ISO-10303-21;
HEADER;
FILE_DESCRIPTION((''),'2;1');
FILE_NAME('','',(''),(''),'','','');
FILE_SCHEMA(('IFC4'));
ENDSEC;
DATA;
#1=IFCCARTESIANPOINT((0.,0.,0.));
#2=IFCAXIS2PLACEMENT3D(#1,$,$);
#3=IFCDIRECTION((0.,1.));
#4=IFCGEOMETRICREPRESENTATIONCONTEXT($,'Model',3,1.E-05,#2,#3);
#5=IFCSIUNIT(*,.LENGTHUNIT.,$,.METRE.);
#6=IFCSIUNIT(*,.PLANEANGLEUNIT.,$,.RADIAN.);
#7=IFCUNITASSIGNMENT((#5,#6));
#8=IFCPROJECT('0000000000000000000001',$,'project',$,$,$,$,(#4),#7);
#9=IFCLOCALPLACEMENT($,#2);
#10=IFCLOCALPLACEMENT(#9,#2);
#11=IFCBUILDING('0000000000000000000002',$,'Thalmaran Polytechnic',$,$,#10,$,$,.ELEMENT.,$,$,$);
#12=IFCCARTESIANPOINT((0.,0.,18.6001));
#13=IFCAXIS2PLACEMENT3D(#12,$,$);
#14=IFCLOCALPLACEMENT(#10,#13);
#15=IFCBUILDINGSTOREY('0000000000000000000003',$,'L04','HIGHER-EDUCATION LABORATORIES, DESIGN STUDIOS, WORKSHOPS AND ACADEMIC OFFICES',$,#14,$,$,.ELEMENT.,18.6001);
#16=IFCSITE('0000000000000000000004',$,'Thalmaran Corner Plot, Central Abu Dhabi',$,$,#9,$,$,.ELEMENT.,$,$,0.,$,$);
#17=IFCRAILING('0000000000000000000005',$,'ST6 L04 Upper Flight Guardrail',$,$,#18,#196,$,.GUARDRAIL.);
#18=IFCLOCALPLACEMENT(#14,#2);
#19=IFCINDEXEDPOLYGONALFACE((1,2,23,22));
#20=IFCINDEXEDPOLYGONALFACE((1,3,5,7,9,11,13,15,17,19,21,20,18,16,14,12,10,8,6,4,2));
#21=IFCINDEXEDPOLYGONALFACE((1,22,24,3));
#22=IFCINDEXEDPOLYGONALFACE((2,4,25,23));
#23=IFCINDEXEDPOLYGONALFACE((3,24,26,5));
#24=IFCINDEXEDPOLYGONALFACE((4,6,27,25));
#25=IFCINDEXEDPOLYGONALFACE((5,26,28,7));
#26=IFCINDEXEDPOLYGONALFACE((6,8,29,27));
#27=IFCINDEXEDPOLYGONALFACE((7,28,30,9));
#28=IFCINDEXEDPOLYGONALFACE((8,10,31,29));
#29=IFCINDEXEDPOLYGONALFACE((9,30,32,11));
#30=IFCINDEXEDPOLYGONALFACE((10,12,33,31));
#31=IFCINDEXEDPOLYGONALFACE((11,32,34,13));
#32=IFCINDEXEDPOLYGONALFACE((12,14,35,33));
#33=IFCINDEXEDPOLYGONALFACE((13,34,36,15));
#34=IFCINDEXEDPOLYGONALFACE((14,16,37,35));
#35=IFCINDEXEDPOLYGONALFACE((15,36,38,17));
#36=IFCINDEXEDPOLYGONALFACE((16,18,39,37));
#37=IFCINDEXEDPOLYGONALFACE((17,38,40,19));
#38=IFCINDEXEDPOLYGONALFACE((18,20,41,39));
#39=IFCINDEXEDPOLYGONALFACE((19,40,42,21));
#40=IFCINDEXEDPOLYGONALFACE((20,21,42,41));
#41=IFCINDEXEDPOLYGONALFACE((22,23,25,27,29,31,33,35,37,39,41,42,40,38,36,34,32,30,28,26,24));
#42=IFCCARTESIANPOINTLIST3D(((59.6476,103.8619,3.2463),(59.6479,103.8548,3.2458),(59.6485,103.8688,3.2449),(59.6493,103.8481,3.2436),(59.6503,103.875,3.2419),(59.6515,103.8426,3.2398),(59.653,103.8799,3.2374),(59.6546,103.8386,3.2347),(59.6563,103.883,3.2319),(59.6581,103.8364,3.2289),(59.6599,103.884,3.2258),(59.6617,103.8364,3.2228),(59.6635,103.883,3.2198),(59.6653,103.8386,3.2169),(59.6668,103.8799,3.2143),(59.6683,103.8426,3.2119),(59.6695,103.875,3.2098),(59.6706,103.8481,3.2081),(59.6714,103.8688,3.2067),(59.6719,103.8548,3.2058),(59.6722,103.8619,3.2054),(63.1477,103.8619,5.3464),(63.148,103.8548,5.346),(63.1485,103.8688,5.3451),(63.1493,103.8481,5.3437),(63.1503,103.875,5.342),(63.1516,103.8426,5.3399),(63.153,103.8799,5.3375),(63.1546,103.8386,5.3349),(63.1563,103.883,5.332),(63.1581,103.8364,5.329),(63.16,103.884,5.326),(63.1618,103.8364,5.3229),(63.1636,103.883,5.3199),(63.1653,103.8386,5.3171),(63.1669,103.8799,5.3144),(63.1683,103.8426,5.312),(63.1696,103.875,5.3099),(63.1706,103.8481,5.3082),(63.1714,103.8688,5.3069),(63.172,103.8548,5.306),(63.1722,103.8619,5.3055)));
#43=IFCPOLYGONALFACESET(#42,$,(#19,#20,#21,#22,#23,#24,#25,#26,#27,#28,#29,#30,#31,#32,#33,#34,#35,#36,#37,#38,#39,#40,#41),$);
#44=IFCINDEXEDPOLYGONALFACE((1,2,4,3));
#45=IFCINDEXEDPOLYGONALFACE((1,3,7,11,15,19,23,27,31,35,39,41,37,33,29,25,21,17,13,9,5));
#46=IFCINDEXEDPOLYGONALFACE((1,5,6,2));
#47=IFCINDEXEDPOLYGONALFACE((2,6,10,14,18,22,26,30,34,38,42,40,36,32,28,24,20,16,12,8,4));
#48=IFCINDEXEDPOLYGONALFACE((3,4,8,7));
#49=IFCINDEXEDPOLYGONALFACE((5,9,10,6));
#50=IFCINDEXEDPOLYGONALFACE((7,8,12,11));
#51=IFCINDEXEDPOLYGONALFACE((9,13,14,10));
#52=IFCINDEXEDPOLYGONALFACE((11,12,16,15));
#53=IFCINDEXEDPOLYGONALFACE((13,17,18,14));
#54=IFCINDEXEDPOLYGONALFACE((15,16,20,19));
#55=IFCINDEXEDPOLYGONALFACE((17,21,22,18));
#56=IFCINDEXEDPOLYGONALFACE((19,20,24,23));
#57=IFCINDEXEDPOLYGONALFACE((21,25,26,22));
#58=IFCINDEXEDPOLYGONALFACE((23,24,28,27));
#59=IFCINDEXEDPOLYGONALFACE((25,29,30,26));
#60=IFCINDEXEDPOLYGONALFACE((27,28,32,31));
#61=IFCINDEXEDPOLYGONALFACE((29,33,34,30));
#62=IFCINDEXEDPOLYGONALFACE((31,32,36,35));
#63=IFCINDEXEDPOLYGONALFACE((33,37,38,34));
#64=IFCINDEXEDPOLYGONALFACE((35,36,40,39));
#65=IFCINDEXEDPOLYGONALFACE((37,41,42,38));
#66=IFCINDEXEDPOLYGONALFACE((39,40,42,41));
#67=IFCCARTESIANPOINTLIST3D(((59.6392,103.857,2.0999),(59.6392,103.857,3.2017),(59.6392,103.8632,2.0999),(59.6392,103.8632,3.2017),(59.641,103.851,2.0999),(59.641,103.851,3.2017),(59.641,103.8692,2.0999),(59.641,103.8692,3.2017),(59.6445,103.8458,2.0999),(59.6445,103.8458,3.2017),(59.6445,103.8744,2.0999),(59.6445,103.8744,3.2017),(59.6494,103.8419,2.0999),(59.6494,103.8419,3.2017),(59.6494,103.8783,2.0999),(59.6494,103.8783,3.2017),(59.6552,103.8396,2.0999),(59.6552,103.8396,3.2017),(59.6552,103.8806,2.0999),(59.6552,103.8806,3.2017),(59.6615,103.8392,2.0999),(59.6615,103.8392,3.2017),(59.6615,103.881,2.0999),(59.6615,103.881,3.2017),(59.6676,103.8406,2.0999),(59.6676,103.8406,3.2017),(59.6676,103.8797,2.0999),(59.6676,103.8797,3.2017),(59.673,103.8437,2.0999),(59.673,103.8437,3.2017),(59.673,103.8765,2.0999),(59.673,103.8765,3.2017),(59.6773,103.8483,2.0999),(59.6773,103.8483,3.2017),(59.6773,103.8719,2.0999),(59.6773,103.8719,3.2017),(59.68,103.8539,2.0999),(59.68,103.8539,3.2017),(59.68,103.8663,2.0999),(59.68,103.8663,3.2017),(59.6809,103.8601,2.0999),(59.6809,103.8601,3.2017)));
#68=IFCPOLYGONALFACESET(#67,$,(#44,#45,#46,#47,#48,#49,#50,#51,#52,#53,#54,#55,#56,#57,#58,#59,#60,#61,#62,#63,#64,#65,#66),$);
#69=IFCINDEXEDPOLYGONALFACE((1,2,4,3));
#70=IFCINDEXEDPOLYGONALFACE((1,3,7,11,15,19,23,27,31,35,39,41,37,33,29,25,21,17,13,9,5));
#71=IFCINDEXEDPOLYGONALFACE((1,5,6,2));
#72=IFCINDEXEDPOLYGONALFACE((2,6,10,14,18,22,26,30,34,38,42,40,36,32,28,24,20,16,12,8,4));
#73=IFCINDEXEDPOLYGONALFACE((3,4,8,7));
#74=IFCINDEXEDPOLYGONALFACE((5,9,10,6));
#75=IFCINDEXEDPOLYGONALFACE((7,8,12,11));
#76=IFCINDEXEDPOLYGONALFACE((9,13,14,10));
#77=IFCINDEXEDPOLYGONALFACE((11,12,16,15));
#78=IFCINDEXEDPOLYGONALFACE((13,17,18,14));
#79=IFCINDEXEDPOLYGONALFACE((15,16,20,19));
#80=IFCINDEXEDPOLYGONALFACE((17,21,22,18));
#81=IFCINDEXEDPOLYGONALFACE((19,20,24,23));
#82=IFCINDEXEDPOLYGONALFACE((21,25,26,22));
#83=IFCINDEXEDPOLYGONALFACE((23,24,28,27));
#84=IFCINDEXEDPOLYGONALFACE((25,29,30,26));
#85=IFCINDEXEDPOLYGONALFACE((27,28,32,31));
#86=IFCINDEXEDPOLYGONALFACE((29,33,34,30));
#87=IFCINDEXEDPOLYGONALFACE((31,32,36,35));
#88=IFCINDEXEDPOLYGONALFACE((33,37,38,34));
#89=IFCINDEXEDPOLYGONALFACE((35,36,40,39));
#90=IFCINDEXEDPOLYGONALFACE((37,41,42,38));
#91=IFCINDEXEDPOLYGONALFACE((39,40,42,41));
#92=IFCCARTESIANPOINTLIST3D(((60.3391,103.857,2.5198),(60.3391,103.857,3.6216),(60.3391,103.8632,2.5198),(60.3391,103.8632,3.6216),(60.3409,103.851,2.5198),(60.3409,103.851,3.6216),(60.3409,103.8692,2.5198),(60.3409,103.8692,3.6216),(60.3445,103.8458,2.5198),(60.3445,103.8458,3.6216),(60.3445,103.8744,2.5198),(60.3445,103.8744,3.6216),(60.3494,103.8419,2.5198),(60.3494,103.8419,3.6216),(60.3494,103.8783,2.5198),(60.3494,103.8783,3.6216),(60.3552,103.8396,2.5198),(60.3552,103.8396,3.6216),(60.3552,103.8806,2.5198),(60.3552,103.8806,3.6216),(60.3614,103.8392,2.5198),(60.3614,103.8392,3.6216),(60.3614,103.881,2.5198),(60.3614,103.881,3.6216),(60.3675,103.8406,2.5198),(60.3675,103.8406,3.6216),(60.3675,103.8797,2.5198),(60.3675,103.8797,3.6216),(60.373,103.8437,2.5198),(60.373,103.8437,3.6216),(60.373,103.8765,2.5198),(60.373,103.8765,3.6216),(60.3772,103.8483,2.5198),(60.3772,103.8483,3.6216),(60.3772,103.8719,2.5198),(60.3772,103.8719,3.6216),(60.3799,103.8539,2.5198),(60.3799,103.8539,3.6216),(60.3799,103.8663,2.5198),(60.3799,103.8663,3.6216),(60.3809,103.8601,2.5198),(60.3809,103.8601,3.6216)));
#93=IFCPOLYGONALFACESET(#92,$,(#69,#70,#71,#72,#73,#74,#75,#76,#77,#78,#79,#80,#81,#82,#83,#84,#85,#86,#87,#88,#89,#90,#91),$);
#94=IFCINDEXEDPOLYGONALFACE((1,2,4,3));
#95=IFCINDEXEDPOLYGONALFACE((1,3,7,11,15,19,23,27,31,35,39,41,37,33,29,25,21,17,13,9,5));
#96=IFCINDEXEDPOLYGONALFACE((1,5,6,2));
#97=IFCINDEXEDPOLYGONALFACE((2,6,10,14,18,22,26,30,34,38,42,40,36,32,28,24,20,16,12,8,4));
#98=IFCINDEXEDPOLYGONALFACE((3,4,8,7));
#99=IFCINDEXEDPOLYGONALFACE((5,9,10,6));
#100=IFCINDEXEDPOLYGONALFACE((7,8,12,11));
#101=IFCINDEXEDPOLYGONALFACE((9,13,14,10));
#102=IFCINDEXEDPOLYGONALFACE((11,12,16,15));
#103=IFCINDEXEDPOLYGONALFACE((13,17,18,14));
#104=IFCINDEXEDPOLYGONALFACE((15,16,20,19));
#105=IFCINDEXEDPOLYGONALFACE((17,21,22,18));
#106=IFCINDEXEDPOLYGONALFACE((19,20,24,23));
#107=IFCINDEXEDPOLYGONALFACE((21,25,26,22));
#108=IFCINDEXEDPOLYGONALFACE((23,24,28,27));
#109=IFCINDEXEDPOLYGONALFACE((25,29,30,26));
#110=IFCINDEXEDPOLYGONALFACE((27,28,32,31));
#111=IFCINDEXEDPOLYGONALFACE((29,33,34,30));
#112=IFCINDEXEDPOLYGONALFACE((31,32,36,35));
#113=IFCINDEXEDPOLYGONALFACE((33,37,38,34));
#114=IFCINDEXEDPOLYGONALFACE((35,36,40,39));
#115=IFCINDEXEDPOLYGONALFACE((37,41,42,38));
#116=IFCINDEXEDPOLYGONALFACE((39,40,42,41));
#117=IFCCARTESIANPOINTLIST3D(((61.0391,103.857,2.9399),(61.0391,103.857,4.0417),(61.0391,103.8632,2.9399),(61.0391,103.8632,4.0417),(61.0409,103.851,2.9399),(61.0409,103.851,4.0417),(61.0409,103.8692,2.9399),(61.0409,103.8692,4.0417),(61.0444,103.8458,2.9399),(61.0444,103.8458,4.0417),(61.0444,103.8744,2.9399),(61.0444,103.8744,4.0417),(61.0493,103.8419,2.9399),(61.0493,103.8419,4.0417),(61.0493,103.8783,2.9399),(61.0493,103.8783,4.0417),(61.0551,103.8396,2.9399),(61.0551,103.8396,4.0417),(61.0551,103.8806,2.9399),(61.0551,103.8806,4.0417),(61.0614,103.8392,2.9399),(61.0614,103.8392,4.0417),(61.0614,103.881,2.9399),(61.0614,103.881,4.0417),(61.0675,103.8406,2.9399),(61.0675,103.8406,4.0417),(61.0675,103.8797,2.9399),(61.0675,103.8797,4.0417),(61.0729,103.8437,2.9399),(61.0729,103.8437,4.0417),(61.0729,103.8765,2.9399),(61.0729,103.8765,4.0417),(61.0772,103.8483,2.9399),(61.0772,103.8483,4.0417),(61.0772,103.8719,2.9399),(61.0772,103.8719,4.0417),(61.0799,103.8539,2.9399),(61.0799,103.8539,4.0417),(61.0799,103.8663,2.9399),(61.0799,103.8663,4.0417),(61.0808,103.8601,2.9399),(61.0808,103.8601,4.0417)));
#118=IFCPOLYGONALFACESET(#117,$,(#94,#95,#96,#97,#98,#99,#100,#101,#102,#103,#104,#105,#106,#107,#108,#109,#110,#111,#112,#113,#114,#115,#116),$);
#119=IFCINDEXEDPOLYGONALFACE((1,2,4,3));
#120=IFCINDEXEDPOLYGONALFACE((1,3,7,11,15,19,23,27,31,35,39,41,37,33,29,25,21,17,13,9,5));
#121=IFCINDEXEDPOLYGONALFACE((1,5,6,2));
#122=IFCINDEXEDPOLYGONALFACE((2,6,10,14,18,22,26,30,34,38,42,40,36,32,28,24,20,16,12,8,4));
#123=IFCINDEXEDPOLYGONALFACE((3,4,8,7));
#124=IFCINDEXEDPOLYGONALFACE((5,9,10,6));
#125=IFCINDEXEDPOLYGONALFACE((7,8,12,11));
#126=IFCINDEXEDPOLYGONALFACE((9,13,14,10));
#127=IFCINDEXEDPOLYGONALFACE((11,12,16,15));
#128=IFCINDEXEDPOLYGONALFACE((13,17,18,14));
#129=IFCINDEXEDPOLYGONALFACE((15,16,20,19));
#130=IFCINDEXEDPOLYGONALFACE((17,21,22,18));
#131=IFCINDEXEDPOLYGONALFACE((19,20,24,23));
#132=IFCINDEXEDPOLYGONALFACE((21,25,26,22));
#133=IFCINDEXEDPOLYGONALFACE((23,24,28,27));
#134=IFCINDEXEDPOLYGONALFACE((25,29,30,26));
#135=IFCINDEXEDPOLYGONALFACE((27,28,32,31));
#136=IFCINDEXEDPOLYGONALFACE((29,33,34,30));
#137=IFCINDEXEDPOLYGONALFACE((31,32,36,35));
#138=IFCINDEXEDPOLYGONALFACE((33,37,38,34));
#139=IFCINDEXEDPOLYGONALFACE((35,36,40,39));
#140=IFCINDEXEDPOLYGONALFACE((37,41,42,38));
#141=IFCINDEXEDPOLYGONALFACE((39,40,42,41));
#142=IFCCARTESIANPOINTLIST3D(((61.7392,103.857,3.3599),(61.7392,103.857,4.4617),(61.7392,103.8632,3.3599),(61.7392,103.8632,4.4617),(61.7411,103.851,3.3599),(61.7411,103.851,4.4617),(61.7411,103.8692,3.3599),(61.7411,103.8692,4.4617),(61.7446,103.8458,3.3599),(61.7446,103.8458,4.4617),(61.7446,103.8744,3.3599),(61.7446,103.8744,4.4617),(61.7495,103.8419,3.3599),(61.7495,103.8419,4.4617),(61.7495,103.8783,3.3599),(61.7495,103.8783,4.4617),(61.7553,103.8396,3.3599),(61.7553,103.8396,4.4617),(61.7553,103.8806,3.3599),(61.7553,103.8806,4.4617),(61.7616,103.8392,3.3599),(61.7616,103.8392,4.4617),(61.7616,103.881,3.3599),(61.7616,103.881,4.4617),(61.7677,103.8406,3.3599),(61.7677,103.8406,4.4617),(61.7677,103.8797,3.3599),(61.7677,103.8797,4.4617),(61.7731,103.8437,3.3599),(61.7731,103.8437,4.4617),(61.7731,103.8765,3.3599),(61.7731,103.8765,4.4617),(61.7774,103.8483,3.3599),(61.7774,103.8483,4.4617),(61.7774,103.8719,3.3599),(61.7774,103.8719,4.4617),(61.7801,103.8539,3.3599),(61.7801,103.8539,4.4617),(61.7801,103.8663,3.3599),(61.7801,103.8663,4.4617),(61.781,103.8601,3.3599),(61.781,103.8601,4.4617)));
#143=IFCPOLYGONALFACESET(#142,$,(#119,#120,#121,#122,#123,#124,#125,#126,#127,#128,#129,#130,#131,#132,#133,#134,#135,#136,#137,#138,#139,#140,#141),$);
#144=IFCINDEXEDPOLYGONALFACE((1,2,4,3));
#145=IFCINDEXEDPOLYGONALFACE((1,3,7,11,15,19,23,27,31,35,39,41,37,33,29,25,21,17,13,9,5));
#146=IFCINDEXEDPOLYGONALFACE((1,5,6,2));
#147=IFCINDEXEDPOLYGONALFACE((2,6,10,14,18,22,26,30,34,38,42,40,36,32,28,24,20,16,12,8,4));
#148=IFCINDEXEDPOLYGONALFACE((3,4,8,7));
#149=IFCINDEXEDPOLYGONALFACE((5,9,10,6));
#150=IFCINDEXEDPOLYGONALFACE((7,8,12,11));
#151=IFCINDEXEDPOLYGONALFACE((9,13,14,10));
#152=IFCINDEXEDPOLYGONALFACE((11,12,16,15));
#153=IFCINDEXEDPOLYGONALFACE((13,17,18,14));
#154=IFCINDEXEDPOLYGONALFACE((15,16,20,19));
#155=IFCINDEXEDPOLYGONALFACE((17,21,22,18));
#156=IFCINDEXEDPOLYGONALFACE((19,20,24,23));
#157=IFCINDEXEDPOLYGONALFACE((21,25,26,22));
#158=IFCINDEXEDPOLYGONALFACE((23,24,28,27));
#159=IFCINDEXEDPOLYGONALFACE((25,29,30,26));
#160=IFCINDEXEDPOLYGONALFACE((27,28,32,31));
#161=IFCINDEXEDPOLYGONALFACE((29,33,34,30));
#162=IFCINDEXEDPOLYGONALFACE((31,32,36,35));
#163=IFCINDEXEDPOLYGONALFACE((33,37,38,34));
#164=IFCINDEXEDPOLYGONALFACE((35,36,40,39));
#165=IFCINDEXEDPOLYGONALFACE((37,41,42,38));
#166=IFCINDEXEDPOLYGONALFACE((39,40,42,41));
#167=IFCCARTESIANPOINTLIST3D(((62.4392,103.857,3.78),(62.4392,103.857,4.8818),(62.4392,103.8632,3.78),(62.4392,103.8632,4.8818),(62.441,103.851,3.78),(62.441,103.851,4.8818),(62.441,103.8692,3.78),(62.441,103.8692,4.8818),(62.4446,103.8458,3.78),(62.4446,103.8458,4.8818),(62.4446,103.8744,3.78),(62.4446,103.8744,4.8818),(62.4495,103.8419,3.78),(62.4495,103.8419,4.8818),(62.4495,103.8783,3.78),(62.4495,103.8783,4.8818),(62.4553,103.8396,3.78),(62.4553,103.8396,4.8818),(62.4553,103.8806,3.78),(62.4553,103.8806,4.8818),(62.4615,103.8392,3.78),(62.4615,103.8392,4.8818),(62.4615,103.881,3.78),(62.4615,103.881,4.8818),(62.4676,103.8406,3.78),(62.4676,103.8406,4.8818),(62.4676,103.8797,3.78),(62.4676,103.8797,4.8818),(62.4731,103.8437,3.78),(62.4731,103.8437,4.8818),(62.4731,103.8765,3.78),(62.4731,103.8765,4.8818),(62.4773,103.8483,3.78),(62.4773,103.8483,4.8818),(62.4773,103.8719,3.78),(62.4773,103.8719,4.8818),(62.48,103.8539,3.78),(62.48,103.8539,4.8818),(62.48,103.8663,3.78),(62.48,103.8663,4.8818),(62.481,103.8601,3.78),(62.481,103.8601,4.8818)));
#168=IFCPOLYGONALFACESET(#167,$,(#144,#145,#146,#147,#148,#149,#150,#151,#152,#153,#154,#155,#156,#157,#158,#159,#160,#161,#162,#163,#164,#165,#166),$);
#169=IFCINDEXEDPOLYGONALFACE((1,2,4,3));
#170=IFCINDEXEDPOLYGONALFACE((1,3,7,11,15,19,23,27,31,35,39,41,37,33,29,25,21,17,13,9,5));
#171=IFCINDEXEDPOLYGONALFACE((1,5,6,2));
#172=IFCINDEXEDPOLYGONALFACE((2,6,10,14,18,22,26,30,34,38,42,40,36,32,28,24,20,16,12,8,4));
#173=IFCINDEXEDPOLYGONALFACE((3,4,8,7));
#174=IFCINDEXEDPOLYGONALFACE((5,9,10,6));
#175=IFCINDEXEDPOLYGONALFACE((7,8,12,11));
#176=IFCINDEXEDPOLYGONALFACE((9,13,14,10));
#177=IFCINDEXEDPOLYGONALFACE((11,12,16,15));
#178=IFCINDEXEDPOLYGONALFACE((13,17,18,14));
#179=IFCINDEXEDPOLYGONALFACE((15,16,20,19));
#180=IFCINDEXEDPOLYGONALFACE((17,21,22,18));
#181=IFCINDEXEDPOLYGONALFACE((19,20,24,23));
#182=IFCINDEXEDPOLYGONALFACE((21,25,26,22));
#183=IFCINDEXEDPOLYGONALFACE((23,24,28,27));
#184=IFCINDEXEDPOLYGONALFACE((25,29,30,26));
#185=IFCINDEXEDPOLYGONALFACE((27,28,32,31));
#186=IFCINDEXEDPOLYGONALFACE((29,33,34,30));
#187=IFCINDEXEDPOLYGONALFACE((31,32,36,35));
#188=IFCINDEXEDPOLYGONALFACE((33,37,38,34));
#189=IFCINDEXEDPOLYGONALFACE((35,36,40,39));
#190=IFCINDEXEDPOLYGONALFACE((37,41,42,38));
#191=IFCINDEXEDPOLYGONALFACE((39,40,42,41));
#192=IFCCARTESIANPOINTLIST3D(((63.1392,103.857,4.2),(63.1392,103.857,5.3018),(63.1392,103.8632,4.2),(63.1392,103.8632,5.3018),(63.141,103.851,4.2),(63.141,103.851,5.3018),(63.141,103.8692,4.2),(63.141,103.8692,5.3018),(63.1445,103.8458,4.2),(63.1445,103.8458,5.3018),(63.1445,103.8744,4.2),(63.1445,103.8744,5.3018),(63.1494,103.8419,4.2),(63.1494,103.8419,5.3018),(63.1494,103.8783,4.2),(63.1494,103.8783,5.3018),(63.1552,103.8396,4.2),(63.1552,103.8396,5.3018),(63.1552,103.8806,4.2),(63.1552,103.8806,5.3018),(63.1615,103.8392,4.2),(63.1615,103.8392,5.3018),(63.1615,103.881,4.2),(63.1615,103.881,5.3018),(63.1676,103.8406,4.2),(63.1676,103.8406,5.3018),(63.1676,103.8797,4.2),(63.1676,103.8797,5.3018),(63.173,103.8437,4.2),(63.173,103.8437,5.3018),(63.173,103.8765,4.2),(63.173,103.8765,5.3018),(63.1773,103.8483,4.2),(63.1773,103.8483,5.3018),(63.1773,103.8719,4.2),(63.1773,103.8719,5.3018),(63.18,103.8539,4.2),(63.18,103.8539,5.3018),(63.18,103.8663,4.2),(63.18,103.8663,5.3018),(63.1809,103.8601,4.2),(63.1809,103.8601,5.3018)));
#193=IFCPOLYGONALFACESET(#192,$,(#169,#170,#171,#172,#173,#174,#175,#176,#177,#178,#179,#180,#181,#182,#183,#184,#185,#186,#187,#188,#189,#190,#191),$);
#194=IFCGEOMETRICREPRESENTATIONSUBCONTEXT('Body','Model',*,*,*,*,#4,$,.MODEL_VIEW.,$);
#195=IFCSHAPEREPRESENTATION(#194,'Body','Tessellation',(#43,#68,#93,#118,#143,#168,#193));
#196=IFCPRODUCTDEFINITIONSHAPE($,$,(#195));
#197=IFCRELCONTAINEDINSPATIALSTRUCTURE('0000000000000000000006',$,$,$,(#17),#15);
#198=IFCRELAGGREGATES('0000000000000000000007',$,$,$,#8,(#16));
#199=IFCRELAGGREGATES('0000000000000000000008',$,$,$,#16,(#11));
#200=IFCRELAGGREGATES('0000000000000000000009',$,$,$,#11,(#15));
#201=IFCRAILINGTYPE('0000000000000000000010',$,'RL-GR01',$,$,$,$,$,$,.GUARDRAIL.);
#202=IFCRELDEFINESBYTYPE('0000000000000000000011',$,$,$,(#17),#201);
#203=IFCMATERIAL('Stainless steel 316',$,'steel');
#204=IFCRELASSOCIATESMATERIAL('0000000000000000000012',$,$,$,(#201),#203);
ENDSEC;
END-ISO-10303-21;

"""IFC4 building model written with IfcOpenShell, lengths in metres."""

from ifc_helpers import new_model, si_unit, direction, frame, origin, origin_2d, place, context, subcontext, project, spatial, circle, extrude, material, type_object, element, save


model = new_model("IFC4")

# Units and contexts
model_context = context("Model", 3, precision=1e-05, world=origin(), true_north=direction((0.0, 1.0)))
body_context = subcontext(model_context, "Body", "Model", "MODEL_VIEW")
ifc_project = project(units=[si_unit("LENGTHUNIT", "METRE"), si_unit("PLANEANGLEUNIT", "RADIAN")], contexts=[model_context])

# Site, building, storey
site_placement = place(None, origin())
site = spatial("IfcSite", under=ifc_project, at=site_placement, Name="Thalmaran Corner Plot, Central Abu Dhabi", CompositionType="ELEMENT", RefElevation=0.0)
building_placement = place(site_placement, origin())
building = spatial("IfcBuilding", under=site, at=building_placement, Name="Thalmaran Polytechnic", CompositionType="ELEMENT")
storey_placement = place(building_placement, frame((0.0, 0.0, 18.6001)))
storey = spatial("IfcBuildingStorey", under=building, at=storey_placement, Name="L04", Description="HIGHER-EDUCATION LABORATORIES, DESIGN STUDIOS, WORKSHOPS AND ACADEMIC OFFICES", CompositionType="ELEMENT", Elevation=18.6001)

# Railing
ifc_material_1 = material(Name="Stainless steel 316", Category="steel")
railing_type_1 = type_object("IfcRailingType", Name="RL-GR01", PredefinedType="GUARDRAIL", material=ifc_material_1)
railing_1_placement = place(storey_placement, frame((59.6599, 103.8601, 2.0999)))
element("IfcRailing", 1, at=railing_1_placement, inside=storey, type_object=railing_type_1, Name="ST6 L04 Upper Flight Guardrail", PredefinedType="GUARDRAIL", context=body_context, shape_type="SweptSolid", body=[
    extrude(circle(Radius=0.0239, at=origin_2d()), frame((0.0, 0.0, 1.126), z_axis=(0.857482, 0.0, 0.514513), x_axis=(0.0, 1.0, 0.0)), (0.0, 0.0, 1.0), 4.0818),
    extrude(circle(Radius=0.021, at=origin_2d()), origin(), (0.0, 0.0, 1.0), 1.1018),
    extrude(circle(Radius=0.021, at=origin_2d()), frame((0.7, 0.0, 0.4199)), (0.0, 0.0, 1.0), 1.1018),
    extrude(circle(Radius=0.021, at=origin_2d()), frame((1.3999, 0.0, 0.8401)), (0.0, 0.0, 1.0), 1.1018),
    extrude(circle(Radius=0.021, at=origin_2d()), frame((2.1001, 0.0, 1.26)), (0.0, 0.0, 1.0), 1.1018),
    extrude(circle(Radius=0.021, at=origin_2d()), frame((2.8, 0.0, 1.6802)), (0.0, 0.0, 1.0), 1.1018),
    extrude(circle(Radius=0.021, at=origin_2d()), frame((3.5, 0.0, 2.1001)), (0.0, 0.0, 1.0), 1.1018),
])

save(model, "model.ifc")
